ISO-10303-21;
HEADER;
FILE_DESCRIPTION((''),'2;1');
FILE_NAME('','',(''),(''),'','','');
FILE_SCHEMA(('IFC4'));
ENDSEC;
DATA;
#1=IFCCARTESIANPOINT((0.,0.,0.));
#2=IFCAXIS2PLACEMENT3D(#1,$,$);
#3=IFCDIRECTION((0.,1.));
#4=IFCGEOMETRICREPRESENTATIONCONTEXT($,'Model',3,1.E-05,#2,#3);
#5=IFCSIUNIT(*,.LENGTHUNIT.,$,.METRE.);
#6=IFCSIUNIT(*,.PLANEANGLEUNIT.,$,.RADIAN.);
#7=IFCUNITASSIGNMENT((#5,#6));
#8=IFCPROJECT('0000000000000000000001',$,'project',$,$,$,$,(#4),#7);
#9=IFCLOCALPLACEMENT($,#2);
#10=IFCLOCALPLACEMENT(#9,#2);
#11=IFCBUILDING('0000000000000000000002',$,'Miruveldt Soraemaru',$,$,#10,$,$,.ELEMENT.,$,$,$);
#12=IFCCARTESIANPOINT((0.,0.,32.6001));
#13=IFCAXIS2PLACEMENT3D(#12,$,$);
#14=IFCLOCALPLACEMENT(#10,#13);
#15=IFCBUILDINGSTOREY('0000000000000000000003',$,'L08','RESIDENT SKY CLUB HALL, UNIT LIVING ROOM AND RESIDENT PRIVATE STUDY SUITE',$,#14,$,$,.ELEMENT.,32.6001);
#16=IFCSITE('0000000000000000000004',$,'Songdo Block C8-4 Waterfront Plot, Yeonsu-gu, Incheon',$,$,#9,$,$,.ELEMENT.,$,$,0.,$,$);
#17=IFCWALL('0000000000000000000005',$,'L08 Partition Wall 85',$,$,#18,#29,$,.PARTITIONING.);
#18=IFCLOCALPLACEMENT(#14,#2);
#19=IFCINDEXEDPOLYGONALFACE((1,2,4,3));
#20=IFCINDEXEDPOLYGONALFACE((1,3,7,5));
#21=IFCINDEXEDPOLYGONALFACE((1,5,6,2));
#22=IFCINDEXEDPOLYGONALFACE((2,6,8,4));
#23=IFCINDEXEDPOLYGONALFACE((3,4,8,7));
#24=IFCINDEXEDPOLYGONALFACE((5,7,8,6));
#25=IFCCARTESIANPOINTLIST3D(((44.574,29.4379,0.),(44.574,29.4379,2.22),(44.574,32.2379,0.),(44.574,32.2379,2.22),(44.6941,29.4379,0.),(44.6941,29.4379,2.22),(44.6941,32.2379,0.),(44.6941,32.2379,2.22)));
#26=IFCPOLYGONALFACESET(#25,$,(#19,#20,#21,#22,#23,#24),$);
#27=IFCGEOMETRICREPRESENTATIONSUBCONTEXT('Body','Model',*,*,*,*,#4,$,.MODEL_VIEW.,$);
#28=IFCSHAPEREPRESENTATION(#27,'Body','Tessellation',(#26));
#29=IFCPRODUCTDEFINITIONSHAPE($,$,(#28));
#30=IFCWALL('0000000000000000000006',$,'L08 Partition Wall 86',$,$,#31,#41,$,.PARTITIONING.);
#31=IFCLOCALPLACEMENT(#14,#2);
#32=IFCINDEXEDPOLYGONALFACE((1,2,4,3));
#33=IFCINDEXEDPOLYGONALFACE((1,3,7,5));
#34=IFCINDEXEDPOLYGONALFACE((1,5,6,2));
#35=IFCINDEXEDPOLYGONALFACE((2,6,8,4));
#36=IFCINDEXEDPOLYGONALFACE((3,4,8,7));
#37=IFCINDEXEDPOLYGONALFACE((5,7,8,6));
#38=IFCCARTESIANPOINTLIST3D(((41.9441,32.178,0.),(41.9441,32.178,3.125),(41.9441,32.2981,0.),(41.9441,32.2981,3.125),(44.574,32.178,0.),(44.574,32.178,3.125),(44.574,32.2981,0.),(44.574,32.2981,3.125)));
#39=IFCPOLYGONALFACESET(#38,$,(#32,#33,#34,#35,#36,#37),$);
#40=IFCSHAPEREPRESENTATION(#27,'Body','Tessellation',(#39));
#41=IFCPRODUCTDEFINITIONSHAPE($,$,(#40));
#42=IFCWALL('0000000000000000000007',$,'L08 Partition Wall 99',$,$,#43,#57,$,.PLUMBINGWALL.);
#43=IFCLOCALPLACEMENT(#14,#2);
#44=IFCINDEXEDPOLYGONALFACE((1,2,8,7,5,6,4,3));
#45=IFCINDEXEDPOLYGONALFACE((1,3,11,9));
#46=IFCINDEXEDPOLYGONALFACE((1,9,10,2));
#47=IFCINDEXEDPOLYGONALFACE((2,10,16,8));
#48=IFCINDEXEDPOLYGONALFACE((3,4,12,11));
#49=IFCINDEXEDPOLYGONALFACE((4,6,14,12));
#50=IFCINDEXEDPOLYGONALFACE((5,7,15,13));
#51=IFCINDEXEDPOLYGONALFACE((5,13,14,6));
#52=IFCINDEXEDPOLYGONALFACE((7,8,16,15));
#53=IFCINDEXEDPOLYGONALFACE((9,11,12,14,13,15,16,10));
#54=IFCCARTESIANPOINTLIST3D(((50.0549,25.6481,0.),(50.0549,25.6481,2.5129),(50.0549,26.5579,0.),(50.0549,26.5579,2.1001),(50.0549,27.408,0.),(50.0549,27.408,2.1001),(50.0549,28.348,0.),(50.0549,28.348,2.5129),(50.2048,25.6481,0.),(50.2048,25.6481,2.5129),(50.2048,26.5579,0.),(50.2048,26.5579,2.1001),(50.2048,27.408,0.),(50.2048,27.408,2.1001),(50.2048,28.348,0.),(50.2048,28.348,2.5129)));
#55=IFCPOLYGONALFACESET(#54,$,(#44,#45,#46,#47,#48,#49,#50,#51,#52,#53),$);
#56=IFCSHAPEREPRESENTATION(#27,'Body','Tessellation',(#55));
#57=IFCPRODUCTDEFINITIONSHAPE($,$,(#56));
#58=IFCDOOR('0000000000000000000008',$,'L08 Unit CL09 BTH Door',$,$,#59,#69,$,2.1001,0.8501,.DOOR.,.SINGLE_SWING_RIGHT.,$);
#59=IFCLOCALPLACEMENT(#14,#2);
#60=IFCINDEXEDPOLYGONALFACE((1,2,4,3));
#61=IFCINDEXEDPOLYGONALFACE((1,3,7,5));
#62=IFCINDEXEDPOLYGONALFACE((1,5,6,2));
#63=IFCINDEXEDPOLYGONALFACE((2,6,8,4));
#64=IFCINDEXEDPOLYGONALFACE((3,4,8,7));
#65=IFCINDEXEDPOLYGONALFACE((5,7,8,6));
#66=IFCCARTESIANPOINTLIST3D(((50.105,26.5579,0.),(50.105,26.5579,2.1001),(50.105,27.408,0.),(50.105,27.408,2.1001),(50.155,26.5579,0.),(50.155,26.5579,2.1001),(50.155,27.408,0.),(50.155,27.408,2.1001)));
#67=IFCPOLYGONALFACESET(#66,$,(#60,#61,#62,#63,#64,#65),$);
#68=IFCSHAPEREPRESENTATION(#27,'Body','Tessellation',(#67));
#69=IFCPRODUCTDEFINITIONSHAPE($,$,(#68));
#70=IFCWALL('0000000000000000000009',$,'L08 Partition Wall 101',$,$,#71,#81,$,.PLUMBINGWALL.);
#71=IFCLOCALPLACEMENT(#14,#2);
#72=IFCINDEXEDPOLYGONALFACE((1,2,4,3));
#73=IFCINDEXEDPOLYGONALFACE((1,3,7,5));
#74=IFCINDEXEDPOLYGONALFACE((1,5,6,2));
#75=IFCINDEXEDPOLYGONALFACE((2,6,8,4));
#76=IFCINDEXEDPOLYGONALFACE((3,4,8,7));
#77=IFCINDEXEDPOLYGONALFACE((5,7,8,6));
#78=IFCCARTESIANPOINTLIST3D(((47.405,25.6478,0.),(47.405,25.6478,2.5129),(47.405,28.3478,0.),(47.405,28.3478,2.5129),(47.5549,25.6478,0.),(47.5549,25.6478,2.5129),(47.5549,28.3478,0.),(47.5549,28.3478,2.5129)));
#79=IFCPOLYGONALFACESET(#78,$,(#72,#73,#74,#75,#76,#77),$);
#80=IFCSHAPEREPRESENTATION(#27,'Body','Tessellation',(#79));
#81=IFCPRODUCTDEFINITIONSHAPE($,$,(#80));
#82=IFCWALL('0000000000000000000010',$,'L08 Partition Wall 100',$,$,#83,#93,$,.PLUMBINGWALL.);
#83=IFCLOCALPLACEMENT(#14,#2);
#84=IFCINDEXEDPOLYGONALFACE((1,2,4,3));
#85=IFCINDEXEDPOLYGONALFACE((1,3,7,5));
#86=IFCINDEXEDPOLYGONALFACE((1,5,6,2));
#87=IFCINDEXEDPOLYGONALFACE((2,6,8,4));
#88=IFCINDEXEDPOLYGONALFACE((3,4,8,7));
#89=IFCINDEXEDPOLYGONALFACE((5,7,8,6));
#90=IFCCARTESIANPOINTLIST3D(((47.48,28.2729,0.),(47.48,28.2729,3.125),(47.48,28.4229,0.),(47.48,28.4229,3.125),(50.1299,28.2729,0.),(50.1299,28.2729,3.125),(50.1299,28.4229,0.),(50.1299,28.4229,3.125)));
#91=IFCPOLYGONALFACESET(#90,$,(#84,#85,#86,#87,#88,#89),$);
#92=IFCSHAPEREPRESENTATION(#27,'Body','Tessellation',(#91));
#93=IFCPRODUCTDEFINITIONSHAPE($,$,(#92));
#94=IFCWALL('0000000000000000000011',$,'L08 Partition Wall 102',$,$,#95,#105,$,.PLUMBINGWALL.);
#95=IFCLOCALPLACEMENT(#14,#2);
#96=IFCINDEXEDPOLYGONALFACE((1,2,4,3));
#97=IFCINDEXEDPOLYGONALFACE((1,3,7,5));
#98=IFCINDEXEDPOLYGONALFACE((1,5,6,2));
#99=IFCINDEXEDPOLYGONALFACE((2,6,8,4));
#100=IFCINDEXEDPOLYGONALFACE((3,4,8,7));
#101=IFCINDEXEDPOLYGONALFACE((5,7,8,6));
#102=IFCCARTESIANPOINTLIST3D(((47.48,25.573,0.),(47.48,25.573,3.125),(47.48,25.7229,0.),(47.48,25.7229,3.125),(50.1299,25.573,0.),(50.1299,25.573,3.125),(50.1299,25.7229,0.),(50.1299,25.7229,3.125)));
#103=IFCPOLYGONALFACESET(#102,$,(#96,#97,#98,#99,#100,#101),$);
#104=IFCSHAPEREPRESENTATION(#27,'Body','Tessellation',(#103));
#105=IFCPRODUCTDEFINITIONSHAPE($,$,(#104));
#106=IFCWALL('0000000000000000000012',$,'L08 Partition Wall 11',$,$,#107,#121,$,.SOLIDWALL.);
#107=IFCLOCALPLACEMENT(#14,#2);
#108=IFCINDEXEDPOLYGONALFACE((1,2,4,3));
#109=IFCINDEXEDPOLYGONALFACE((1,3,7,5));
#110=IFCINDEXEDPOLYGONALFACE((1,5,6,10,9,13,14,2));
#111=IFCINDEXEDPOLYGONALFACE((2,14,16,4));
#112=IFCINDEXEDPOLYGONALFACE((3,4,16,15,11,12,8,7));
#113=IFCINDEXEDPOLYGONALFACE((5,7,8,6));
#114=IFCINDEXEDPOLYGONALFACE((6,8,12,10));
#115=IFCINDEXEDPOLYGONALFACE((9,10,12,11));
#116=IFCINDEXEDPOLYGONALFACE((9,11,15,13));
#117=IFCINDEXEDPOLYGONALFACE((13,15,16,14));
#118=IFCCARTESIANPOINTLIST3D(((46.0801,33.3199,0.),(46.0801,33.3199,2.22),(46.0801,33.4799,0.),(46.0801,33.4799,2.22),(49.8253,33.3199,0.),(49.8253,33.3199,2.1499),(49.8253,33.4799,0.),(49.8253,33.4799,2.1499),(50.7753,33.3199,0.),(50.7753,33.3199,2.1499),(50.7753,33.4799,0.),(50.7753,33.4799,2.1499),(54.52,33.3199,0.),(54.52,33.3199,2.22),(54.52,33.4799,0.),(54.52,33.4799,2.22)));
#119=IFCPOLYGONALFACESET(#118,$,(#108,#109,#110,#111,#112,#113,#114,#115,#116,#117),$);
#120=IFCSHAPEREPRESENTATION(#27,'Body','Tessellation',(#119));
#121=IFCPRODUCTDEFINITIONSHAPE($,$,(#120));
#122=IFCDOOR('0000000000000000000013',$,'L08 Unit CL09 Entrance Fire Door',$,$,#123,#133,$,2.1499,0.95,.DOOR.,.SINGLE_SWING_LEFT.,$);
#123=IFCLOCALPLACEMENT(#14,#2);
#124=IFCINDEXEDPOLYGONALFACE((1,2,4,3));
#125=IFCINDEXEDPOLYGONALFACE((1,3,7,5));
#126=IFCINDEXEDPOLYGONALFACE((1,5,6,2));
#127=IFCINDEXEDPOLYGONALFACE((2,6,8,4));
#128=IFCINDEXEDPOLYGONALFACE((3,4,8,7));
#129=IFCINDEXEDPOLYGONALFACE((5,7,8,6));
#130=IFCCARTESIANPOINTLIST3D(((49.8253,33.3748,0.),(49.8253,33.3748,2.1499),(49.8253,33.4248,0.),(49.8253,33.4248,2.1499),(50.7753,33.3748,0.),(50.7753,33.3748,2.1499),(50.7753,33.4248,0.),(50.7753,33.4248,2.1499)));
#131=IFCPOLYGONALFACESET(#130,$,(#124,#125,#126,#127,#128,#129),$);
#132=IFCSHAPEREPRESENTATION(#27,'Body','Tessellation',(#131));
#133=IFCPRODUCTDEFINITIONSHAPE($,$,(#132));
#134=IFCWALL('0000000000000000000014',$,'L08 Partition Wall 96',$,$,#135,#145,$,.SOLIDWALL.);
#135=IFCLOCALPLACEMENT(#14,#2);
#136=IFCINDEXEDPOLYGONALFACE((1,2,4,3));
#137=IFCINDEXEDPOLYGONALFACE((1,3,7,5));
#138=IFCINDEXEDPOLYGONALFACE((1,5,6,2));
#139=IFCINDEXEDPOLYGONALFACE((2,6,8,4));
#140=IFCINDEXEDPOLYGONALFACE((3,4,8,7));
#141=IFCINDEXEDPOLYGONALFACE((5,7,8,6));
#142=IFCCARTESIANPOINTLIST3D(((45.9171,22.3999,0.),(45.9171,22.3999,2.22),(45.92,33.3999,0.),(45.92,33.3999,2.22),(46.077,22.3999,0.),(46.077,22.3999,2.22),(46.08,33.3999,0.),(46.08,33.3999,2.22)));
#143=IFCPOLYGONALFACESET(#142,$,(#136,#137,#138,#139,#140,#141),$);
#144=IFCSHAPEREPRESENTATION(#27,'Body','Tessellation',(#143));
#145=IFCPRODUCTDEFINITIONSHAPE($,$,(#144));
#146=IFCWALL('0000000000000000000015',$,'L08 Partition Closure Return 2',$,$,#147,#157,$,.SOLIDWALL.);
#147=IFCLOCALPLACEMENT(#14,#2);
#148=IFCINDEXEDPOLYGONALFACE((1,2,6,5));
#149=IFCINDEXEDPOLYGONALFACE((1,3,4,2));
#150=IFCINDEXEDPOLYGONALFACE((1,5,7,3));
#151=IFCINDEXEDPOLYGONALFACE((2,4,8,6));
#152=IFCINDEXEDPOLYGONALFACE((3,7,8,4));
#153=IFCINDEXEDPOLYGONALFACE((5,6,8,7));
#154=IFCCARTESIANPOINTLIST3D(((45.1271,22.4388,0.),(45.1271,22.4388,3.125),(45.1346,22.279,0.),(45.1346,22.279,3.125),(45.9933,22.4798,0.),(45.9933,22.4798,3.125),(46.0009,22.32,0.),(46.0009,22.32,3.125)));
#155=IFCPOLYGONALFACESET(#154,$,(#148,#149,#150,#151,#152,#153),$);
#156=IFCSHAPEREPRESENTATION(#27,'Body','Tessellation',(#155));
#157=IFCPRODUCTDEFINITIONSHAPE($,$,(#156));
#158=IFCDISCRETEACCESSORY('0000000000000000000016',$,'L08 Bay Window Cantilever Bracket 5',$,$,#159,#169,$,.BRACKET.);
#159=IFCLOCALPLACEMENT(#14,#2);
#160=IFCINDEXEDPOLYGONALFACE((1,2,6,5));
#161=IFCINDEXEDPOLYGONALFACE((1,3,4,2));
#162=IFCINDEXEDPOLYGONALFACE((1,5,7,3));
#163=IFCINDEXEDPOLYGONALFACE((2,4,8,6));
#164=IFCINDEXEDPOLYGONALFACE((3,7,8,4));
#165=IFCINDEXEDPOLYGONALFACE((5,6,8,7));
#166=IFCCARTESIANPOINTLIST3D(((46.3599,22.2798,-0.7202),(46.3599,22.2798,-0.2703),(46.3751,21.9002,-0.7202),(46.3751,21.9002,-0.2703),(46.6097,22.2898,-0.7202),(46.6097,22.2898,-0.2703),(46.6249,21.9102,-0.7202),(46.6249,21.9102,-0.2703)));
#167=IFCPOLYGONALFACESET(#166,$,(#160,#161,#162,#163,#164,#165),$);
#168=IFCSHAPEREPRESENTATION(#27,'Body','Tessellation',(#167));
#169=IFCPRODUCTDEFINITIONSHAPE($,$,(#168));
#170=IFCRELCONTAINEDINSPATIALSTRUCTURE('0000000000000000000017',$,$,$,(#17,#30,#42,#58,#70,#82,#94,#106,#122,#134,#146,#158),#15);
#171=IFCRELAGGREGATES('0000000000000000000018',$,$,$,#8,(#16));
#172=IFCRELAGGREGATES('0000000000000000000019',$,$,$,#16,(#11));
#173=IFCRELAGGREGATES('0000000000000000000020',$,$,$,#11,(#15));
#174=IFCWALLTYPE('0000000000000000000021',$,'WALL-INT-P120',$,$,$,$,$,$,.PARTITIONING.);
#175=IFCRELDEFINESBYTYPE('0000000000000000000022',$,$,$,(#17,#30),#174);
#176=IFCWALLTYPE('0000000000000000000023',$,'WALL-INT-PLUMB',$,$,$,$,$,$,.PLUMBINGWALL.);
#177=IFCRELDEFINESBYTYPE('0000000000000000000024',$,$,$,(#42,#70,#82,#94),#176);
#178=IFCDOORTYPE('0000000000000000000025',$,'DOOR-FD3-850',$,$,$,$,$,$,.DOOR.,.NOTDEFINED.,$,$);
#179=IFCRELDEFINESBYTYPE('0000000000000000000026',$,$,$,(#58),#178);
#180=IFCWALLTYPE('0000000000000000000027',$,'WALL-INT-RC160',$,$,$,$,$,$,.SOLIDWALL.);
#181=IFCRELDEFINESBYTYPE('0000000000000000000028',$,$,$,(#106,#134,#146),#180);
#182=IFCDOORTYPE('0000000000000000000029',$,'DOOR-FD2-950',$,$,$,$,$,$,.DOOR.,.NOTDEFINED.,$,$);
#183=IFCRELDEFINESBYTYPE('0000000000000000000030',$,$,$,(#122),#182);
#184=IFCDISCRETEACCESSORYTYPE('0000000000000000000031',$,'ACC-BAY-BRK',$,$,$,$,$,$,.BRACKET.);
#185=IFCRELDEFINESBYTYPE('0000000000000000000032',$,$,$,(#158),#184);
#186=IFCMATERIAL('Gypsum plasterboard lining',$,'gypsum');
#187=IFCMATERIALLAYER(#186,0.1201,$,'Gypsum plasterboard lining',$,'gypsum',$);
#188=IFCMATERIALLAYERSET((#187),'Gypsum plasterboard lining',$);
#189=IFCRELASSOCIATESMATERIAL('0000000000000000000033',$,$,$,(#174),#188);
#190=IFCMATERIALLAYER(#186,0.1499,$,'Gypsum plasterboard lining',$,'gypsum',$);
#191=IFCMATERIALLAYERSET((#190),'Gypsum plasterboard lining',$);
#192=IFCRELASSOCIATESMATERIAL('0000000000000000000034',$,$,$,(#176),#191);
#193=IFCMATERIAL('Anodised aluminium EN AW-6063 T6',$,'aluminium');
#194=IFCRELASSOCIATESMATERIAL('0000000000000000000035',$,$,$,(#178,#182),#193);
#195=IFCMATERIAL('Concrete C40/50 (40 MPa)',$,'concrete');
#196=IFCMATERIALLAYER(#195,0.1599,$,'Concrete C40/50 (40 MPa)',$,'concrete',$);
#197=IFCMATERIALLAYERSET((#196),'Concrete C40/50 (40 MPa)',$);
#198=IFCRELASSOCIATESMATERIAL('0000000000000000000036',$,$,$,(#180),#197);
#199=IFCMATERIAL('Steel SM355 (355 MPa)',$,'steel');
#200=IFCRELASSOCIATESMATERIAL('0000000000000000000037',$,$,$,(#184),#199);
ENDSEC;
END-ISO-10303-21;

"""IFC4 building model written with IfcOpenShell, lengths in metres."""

from ifc_helpers import new_model, si_unit, direction, frame, frame_2d, origin, origin_2d, place, context, subcontext, project, spatial, rectangle, extrude, material, layer, layer_set, type_object, element, fill, save


model = new_model("IFC4")

# Units and contexts
model_context = context("Model", 3, precision=1e-05, world=origin(), true_north=direction((0.0, 1.0)))
body_context = subcontext(model_context, "Body", "Model", "MODEL_VIEW")
ifc_project = project(units=[si_unit("LENGTHUNIT", "METRE"), si_unit("PLANEANGLEUNIT", "RADIAN")], contexts=[model_context])

# Site, building, storey
site_placement = place(None, origin())
site = spatial("IfcSite", under=ifc_project, at=site_placement, Name="Songdo Block C8-4 Waterfront Plot, Yeonsu-gu, Incheon", CompositionType="ELEMENT", RefElevation=0.0)
building_placement = place(site_placement, origin())
building = spatial("IfcBuilding", under=site, at=building_placement, Name="Miruveldt Soraemaru", CompositionType="ELEMENT")
storey_placement = place(building_placement, frame((0.0, 0.0, 32.6001)))
storey = spatial("IfcBuildingStorey", under=building, at=storey_placement, Name="L08", Description="RESIDENT SKY CLUB HALL, UNIT LIVING ROOM AND RESIDENT PRIVATE STUDY SUITE", CompositionType="ELEMENT", Elevation=32.6001)

# Shared definitions
ifc_material_1 = material(Name="Anodised aluminium EN AW-6063 T6", Category="aluminium")

# Walls
ifc_material_2 = material(Name="Gypsum plasterboard lining", Category="gypsum")
ifc_layer_1 = layer(ifc_material_2, 0.1201, Name="Gypsum plasterboard lining", Category="gypsum")
ifc_layer_set_1 = layer_set([ifc_layer_1], Name="Gypsum plasterboard lining")
wall_type_1 = type_object("IfcWallType", Name="WALL-INT-P120", PredefinedType="PARTITIONING", material=ifc_layer_set_1)
wall_1_placement = place(storey_placement, frame((44.634, 29.438, 0.0), z_axis=(0.0, 0.0, 1.0), x_axis=(0.0, 1.0, 0.0)))
element("IfcWall", 1, at=wall_1_placement, inside=storey, type_object=wall_type_1, Name="L08 Partition Wall 85", PredefinedType="PARTITIONING", context=body_context, shape_type="SweptSolid", body=[
    extrude(rectangle(XDim=2.8, YDim=0.1201, at=frame_2d((1.3999, 0.0))), origin(), (0.0, 0.0, 1.0), 2.22),
])
wall_2_placement = place(storey_placement, frame((44.574, 32.238, 0.0), z_axis=(0.0, 0.0, 1.0), x_axis=(-1.0, 0.0, 0.0)))
element("IfcWall", 2, at=wall_2_placement, inside=storey, type_object=wall_type_1, Name="L08 Partition Wall 86", PredefinedType="PARTITIONING", context=body_context, shape_type="SweptSolid", body=[
    extrude(rectangle(XDim=2.6299, YDim=0.1201, at=frame_2d((1.3149, 0.0))), origin(), (0.0, 0.0, 1.0), 3.125),
])

# Wall, opening, door
ifc_layer_2 = layer(ifc_material_2, 0.1499, Name="Gypsum plasterboard lining", Category="gypsum")
ifc_layer_set_2 = layer_set([ifc_layer_2], Name="Gypsum plasterboard lining")
wall_type_2 = type_object("IfcWallType", Name="WALL-INT-PLUMB", PredefinedType="PLUMBINGWALL", material=ifc_layer_set_2)
wall_3_placement = place(storey_placement, frame((50.1299, 25.6479, 0.0), z_axis=(0.0, 0.0, 1.0), x_axis=(0.0, 1.0, 0.0)))
wall_3 = element("IfcWall", 3, at=wall_3_placement, inside=storey, type_object=wall_type_2, Name="L08 Partition Wall 99", PredefinedType="PLUMBINGWALL", context=body_context, shape_type="SweptSolid", body=[
    extrude(rectangle(XDim=2.7, YDim=0.1499, at=frame_2d((1.3501, 0.0))), origin(), (0.0, 0.0, 1.0), 2.5129),
])
opening_1_placement = place(wall_3_placement, frame((0.9099, 0.0, 0.0)))
opening_1 = element("IfcOpeningElement", 4, at=opening_1_placement, cuts=wall_3, PredefinedType="OPENING", context=body_context, shape_type="SweptSolid", body=[
    extrude(rectangle(XDim=0.8501, YDim=2.1001, at=frame_2d((0.425, 1.05))), frame((0.0, 0.085, 0.0), z_axis=(0.0, -1.0, 0.0), x_axis=(1.0, 0.0, 0.0)), (0.0, 0.0, 1.0), 0.1699),
])
door_type_1 = type_object("IfcDoorType", Name="DOOR-FD3-850", OperationType="NOTDEFINED", PredefinedType="DOOR", material=ifc_material_1)
door_1_placement = place(opening_1_placement, origin())
door_1 = element("IfcDoor", 5, at=door_1_placement, inside=storey, type_object=door_type_1, Name="L08 Unit CL09 BTH Door", OperationType="SINGLE_SWING_RIGHT", OverallHeight=2.1001, OverallWidth=0.8501, PredefinedType="DOOR", context=body_context, shape_type="SweptSolid", body=[
    extrude(rectangle(XDim=0.8501, YDim=2.1001, at=frame_2d((0.425, 1.05))), frame((0.0, 0.0249, 0.0), z_axis=(0.0, -1.0, 0.0), x_axis=(1.0, 0.0, 0.0)), (0.0, 0.0, 1.0), 0.05),
])
fill(opening_1, door_1)

# Walls
wall_4_placement = place(storey_placement, frame((47.48, 28.3479, 0.0), z_axis=(0.0, 0.0, 1.0), x_axis=(0.0, -1.0, 0.0)))
element("IfcWall", 6, at=wall_4_placement, inside=storey, type_object=wall_type_2, Name="L08 Partition Wall 101", PredefinedType="PLUMBINGWALL", context=body_context, shape_type="SweptSolid", body=[
    extrude(rectangle(XDim=2.7, YDim=0.1499, at=frame_2d((1.3501, 0.0))), origin(), (0.0, 0.0, 1.0), 2.5129),
])
for number, where, z_axis, x_axis, name in (
    (7, (50.1299, 28.3479, 0.0), (0.0, 0.0, 1.0), (-1.0, 0.0, 0.0), "L08 Partition Wall 100"),
    (8, (47.48, 25.6479, 0.0), (0.0, 0.0, 1.0), (1.0, 0.0, 0.0), "L08 Partition Wall 102"),
):
    element("IfcWall", number, at=place(storey_placement, frame(where, z_axis=z_axis, x_axis=x_axis)), inside=storey, type_object=wall_type_2, Name=name, PredefinedType="PLUMBINGWALL", context=body_context, shape_type="SweptSolid", body=[
        extrude(rectangle(XDim=2.6499, YDim=0.1499, at=frame_2d((1.325, 0.0))), origin(), (0.0, 0.0, 1.0), 3.125),
    ])

# Wall, opening, door
ifc_material_3 = material(Name="Concrete C40/50 (40 MPa)", Category="concrete")
ifc_layer_3 = layer(ifc_material_3, 0.1599, Name="Concrete C40/50 (40 MPa)", Category="concrete")
ifc_layer_set_3 = layer_set([ifc_layer_3], Name="Concrete C40/50 (40 MPa)")
wall_type_3 = type_object("IfcWallType", Name="WALL-INT-RC160", PredefinedType="SOLIDWALL", material=ifc_layer_set_3)
wall_5_placement = place(storey_placement, frame((46.0801, 33.3999, 0.0), z_axis=(0.0, 0.0, 1.0), x_axis=(1.0, 0.0, 0.0)))
wall_5 = element("IfcWall", 9, at=wall_5_placement, inside=storey, type_object=wall_type_3, Name="L08 Partition Wall 11", PredefinedType="SOLIDWALL", context=body_context, shape_type="SweptSolid", body=[
    extrude(rectangle(XDim=8.4399, YDim=0.1599, at=frame_2d((4.22, 0.0))), origin(), (0.0, 0.0, 1.0), 2.22),
])
opening_2_placement = place(wall_5_placement, frame((3.7451, 0.0, 0.0)))
opening_2 = element("IfcOpeningElement", 10, at=opening_2_placement, cuts=wall_5, PredefinedType="OPENING", context=body_context, shape_type="SweptSolid", body=[
    extrude(rectangle(XDim=0.95, YDim=2.1499, at=frame_2d((0.4751, 1.075))), frame((0.0, 0.0898, 0.0), z_axis=(0.0, -1.0, 0.0), x_axis=(1.0, 0.0, 0.0)), (0.0, 0.0, 1.0), 0.1799),
])
door_type_2 = type_object("IfcDoorType", Name="DOOR-FD2-950", OperationType="NOTDEFINED", PredefinedType="DOOR", material=ifc_material_1)
door_2_placement = place(opening_2_placement, origin())
door_2 = element("IfcDoor", 11, at=door_2_placement, inside=storey, type_object=door_type_2, Name="L08 Unit CL09 Entrance Fire Door", OperationType="SINGLE_SWING_LEFT", OverallHeight=2.1499, OverallWidth=0.95, PredefinedType="DOOR", context=body_context, shape_type="SweptSolid", body=[
    extrude(rectangle(XDim=0.95, YDim=2.1499, at=frame_2d((0.4751, 1.075))), frame((0.0, 0.0249, 0.0), z_axis=(0.0, -1.0, 0.0), x_axis=(1.0, 0.0, 0.0)), (0.0, 0.0, 1.0), 0.05),
])
fill(opening_2, door_2)

# Walls
wall_6_placement = place(storey_placement, frame((45.9971, 22.3999, 0.0), z_axis=(0.0, 0.0, 1.0), x_axis=(0.000266, 1.0, 0.0)))
element("IfcWall", 12, at=wall_6_placement, inside=storey, type_object=wall_type_3, Name="L08 Partition Wall 96", PredefinedType="SOLIDWALL", context=body_context, shape_type="SweptSolid", body=[
    extrude(rectangle(XDim=11.0, YDim=0.1599, at=frame_2d((5.5, 0.0))), origin(), (0.0, 0.0, 1.0), 2.22),
])
wall_7_placement = place(storey_placement, frame((45.9971, 22.3999, 0.0), z_axis=(0.0, 0.0, 1.0), x_axis=(-0.998881, -0.047298, 0.0)))
element("IfcWall", 13, at=wall_7_placement, inside=storey, type_object=wall_type_3, Name="L08 Partition Closure Return 2", PredefinedType="SOLIDWALL", context=body_context, shape_type="SweptSolid", body=[
    extrude(rectangle(XDim=0.8672, YDim=0.1599, at=frame_2d((0.4336, 0.0))), origin(), (0.0, 0.0, 1.0), 3.125),
])

# Discrete accessory
ifc_material_4 = material(Name="Steel SM355 (355 MPa)", Category="steel")
discrete_accessory_type = type_object("IfcDiscreteAccessoryType", Name="ACC-BAY-BRK", PredefinedType="BRACKET", material=ifc_material_4)
discrete_accessory_placement = place(storey_placement, frame((46.4924, 22.095, -0.7202), z_axis=(0.0, 0.0, 1.0), x_axis=(0.039975, -0.999201, 0.0)))
element("IfcDiscreteAccessory", 14, at=discrete_accessory_placement, inside=storey, type_object=discrete_accessory_type, Name="L08 Bay Window Cantilever Bracket 5", PredefinedType="BRACKET", context=body_context, shape_type="SweptSolid", body=[
    extrude(rectangle(XDim=0.3799, YDim=0.25, at=origin_2d()), origin(), (0.0, 0.0, 1.0), 0.45),
])

save(model, "model.ifc")
